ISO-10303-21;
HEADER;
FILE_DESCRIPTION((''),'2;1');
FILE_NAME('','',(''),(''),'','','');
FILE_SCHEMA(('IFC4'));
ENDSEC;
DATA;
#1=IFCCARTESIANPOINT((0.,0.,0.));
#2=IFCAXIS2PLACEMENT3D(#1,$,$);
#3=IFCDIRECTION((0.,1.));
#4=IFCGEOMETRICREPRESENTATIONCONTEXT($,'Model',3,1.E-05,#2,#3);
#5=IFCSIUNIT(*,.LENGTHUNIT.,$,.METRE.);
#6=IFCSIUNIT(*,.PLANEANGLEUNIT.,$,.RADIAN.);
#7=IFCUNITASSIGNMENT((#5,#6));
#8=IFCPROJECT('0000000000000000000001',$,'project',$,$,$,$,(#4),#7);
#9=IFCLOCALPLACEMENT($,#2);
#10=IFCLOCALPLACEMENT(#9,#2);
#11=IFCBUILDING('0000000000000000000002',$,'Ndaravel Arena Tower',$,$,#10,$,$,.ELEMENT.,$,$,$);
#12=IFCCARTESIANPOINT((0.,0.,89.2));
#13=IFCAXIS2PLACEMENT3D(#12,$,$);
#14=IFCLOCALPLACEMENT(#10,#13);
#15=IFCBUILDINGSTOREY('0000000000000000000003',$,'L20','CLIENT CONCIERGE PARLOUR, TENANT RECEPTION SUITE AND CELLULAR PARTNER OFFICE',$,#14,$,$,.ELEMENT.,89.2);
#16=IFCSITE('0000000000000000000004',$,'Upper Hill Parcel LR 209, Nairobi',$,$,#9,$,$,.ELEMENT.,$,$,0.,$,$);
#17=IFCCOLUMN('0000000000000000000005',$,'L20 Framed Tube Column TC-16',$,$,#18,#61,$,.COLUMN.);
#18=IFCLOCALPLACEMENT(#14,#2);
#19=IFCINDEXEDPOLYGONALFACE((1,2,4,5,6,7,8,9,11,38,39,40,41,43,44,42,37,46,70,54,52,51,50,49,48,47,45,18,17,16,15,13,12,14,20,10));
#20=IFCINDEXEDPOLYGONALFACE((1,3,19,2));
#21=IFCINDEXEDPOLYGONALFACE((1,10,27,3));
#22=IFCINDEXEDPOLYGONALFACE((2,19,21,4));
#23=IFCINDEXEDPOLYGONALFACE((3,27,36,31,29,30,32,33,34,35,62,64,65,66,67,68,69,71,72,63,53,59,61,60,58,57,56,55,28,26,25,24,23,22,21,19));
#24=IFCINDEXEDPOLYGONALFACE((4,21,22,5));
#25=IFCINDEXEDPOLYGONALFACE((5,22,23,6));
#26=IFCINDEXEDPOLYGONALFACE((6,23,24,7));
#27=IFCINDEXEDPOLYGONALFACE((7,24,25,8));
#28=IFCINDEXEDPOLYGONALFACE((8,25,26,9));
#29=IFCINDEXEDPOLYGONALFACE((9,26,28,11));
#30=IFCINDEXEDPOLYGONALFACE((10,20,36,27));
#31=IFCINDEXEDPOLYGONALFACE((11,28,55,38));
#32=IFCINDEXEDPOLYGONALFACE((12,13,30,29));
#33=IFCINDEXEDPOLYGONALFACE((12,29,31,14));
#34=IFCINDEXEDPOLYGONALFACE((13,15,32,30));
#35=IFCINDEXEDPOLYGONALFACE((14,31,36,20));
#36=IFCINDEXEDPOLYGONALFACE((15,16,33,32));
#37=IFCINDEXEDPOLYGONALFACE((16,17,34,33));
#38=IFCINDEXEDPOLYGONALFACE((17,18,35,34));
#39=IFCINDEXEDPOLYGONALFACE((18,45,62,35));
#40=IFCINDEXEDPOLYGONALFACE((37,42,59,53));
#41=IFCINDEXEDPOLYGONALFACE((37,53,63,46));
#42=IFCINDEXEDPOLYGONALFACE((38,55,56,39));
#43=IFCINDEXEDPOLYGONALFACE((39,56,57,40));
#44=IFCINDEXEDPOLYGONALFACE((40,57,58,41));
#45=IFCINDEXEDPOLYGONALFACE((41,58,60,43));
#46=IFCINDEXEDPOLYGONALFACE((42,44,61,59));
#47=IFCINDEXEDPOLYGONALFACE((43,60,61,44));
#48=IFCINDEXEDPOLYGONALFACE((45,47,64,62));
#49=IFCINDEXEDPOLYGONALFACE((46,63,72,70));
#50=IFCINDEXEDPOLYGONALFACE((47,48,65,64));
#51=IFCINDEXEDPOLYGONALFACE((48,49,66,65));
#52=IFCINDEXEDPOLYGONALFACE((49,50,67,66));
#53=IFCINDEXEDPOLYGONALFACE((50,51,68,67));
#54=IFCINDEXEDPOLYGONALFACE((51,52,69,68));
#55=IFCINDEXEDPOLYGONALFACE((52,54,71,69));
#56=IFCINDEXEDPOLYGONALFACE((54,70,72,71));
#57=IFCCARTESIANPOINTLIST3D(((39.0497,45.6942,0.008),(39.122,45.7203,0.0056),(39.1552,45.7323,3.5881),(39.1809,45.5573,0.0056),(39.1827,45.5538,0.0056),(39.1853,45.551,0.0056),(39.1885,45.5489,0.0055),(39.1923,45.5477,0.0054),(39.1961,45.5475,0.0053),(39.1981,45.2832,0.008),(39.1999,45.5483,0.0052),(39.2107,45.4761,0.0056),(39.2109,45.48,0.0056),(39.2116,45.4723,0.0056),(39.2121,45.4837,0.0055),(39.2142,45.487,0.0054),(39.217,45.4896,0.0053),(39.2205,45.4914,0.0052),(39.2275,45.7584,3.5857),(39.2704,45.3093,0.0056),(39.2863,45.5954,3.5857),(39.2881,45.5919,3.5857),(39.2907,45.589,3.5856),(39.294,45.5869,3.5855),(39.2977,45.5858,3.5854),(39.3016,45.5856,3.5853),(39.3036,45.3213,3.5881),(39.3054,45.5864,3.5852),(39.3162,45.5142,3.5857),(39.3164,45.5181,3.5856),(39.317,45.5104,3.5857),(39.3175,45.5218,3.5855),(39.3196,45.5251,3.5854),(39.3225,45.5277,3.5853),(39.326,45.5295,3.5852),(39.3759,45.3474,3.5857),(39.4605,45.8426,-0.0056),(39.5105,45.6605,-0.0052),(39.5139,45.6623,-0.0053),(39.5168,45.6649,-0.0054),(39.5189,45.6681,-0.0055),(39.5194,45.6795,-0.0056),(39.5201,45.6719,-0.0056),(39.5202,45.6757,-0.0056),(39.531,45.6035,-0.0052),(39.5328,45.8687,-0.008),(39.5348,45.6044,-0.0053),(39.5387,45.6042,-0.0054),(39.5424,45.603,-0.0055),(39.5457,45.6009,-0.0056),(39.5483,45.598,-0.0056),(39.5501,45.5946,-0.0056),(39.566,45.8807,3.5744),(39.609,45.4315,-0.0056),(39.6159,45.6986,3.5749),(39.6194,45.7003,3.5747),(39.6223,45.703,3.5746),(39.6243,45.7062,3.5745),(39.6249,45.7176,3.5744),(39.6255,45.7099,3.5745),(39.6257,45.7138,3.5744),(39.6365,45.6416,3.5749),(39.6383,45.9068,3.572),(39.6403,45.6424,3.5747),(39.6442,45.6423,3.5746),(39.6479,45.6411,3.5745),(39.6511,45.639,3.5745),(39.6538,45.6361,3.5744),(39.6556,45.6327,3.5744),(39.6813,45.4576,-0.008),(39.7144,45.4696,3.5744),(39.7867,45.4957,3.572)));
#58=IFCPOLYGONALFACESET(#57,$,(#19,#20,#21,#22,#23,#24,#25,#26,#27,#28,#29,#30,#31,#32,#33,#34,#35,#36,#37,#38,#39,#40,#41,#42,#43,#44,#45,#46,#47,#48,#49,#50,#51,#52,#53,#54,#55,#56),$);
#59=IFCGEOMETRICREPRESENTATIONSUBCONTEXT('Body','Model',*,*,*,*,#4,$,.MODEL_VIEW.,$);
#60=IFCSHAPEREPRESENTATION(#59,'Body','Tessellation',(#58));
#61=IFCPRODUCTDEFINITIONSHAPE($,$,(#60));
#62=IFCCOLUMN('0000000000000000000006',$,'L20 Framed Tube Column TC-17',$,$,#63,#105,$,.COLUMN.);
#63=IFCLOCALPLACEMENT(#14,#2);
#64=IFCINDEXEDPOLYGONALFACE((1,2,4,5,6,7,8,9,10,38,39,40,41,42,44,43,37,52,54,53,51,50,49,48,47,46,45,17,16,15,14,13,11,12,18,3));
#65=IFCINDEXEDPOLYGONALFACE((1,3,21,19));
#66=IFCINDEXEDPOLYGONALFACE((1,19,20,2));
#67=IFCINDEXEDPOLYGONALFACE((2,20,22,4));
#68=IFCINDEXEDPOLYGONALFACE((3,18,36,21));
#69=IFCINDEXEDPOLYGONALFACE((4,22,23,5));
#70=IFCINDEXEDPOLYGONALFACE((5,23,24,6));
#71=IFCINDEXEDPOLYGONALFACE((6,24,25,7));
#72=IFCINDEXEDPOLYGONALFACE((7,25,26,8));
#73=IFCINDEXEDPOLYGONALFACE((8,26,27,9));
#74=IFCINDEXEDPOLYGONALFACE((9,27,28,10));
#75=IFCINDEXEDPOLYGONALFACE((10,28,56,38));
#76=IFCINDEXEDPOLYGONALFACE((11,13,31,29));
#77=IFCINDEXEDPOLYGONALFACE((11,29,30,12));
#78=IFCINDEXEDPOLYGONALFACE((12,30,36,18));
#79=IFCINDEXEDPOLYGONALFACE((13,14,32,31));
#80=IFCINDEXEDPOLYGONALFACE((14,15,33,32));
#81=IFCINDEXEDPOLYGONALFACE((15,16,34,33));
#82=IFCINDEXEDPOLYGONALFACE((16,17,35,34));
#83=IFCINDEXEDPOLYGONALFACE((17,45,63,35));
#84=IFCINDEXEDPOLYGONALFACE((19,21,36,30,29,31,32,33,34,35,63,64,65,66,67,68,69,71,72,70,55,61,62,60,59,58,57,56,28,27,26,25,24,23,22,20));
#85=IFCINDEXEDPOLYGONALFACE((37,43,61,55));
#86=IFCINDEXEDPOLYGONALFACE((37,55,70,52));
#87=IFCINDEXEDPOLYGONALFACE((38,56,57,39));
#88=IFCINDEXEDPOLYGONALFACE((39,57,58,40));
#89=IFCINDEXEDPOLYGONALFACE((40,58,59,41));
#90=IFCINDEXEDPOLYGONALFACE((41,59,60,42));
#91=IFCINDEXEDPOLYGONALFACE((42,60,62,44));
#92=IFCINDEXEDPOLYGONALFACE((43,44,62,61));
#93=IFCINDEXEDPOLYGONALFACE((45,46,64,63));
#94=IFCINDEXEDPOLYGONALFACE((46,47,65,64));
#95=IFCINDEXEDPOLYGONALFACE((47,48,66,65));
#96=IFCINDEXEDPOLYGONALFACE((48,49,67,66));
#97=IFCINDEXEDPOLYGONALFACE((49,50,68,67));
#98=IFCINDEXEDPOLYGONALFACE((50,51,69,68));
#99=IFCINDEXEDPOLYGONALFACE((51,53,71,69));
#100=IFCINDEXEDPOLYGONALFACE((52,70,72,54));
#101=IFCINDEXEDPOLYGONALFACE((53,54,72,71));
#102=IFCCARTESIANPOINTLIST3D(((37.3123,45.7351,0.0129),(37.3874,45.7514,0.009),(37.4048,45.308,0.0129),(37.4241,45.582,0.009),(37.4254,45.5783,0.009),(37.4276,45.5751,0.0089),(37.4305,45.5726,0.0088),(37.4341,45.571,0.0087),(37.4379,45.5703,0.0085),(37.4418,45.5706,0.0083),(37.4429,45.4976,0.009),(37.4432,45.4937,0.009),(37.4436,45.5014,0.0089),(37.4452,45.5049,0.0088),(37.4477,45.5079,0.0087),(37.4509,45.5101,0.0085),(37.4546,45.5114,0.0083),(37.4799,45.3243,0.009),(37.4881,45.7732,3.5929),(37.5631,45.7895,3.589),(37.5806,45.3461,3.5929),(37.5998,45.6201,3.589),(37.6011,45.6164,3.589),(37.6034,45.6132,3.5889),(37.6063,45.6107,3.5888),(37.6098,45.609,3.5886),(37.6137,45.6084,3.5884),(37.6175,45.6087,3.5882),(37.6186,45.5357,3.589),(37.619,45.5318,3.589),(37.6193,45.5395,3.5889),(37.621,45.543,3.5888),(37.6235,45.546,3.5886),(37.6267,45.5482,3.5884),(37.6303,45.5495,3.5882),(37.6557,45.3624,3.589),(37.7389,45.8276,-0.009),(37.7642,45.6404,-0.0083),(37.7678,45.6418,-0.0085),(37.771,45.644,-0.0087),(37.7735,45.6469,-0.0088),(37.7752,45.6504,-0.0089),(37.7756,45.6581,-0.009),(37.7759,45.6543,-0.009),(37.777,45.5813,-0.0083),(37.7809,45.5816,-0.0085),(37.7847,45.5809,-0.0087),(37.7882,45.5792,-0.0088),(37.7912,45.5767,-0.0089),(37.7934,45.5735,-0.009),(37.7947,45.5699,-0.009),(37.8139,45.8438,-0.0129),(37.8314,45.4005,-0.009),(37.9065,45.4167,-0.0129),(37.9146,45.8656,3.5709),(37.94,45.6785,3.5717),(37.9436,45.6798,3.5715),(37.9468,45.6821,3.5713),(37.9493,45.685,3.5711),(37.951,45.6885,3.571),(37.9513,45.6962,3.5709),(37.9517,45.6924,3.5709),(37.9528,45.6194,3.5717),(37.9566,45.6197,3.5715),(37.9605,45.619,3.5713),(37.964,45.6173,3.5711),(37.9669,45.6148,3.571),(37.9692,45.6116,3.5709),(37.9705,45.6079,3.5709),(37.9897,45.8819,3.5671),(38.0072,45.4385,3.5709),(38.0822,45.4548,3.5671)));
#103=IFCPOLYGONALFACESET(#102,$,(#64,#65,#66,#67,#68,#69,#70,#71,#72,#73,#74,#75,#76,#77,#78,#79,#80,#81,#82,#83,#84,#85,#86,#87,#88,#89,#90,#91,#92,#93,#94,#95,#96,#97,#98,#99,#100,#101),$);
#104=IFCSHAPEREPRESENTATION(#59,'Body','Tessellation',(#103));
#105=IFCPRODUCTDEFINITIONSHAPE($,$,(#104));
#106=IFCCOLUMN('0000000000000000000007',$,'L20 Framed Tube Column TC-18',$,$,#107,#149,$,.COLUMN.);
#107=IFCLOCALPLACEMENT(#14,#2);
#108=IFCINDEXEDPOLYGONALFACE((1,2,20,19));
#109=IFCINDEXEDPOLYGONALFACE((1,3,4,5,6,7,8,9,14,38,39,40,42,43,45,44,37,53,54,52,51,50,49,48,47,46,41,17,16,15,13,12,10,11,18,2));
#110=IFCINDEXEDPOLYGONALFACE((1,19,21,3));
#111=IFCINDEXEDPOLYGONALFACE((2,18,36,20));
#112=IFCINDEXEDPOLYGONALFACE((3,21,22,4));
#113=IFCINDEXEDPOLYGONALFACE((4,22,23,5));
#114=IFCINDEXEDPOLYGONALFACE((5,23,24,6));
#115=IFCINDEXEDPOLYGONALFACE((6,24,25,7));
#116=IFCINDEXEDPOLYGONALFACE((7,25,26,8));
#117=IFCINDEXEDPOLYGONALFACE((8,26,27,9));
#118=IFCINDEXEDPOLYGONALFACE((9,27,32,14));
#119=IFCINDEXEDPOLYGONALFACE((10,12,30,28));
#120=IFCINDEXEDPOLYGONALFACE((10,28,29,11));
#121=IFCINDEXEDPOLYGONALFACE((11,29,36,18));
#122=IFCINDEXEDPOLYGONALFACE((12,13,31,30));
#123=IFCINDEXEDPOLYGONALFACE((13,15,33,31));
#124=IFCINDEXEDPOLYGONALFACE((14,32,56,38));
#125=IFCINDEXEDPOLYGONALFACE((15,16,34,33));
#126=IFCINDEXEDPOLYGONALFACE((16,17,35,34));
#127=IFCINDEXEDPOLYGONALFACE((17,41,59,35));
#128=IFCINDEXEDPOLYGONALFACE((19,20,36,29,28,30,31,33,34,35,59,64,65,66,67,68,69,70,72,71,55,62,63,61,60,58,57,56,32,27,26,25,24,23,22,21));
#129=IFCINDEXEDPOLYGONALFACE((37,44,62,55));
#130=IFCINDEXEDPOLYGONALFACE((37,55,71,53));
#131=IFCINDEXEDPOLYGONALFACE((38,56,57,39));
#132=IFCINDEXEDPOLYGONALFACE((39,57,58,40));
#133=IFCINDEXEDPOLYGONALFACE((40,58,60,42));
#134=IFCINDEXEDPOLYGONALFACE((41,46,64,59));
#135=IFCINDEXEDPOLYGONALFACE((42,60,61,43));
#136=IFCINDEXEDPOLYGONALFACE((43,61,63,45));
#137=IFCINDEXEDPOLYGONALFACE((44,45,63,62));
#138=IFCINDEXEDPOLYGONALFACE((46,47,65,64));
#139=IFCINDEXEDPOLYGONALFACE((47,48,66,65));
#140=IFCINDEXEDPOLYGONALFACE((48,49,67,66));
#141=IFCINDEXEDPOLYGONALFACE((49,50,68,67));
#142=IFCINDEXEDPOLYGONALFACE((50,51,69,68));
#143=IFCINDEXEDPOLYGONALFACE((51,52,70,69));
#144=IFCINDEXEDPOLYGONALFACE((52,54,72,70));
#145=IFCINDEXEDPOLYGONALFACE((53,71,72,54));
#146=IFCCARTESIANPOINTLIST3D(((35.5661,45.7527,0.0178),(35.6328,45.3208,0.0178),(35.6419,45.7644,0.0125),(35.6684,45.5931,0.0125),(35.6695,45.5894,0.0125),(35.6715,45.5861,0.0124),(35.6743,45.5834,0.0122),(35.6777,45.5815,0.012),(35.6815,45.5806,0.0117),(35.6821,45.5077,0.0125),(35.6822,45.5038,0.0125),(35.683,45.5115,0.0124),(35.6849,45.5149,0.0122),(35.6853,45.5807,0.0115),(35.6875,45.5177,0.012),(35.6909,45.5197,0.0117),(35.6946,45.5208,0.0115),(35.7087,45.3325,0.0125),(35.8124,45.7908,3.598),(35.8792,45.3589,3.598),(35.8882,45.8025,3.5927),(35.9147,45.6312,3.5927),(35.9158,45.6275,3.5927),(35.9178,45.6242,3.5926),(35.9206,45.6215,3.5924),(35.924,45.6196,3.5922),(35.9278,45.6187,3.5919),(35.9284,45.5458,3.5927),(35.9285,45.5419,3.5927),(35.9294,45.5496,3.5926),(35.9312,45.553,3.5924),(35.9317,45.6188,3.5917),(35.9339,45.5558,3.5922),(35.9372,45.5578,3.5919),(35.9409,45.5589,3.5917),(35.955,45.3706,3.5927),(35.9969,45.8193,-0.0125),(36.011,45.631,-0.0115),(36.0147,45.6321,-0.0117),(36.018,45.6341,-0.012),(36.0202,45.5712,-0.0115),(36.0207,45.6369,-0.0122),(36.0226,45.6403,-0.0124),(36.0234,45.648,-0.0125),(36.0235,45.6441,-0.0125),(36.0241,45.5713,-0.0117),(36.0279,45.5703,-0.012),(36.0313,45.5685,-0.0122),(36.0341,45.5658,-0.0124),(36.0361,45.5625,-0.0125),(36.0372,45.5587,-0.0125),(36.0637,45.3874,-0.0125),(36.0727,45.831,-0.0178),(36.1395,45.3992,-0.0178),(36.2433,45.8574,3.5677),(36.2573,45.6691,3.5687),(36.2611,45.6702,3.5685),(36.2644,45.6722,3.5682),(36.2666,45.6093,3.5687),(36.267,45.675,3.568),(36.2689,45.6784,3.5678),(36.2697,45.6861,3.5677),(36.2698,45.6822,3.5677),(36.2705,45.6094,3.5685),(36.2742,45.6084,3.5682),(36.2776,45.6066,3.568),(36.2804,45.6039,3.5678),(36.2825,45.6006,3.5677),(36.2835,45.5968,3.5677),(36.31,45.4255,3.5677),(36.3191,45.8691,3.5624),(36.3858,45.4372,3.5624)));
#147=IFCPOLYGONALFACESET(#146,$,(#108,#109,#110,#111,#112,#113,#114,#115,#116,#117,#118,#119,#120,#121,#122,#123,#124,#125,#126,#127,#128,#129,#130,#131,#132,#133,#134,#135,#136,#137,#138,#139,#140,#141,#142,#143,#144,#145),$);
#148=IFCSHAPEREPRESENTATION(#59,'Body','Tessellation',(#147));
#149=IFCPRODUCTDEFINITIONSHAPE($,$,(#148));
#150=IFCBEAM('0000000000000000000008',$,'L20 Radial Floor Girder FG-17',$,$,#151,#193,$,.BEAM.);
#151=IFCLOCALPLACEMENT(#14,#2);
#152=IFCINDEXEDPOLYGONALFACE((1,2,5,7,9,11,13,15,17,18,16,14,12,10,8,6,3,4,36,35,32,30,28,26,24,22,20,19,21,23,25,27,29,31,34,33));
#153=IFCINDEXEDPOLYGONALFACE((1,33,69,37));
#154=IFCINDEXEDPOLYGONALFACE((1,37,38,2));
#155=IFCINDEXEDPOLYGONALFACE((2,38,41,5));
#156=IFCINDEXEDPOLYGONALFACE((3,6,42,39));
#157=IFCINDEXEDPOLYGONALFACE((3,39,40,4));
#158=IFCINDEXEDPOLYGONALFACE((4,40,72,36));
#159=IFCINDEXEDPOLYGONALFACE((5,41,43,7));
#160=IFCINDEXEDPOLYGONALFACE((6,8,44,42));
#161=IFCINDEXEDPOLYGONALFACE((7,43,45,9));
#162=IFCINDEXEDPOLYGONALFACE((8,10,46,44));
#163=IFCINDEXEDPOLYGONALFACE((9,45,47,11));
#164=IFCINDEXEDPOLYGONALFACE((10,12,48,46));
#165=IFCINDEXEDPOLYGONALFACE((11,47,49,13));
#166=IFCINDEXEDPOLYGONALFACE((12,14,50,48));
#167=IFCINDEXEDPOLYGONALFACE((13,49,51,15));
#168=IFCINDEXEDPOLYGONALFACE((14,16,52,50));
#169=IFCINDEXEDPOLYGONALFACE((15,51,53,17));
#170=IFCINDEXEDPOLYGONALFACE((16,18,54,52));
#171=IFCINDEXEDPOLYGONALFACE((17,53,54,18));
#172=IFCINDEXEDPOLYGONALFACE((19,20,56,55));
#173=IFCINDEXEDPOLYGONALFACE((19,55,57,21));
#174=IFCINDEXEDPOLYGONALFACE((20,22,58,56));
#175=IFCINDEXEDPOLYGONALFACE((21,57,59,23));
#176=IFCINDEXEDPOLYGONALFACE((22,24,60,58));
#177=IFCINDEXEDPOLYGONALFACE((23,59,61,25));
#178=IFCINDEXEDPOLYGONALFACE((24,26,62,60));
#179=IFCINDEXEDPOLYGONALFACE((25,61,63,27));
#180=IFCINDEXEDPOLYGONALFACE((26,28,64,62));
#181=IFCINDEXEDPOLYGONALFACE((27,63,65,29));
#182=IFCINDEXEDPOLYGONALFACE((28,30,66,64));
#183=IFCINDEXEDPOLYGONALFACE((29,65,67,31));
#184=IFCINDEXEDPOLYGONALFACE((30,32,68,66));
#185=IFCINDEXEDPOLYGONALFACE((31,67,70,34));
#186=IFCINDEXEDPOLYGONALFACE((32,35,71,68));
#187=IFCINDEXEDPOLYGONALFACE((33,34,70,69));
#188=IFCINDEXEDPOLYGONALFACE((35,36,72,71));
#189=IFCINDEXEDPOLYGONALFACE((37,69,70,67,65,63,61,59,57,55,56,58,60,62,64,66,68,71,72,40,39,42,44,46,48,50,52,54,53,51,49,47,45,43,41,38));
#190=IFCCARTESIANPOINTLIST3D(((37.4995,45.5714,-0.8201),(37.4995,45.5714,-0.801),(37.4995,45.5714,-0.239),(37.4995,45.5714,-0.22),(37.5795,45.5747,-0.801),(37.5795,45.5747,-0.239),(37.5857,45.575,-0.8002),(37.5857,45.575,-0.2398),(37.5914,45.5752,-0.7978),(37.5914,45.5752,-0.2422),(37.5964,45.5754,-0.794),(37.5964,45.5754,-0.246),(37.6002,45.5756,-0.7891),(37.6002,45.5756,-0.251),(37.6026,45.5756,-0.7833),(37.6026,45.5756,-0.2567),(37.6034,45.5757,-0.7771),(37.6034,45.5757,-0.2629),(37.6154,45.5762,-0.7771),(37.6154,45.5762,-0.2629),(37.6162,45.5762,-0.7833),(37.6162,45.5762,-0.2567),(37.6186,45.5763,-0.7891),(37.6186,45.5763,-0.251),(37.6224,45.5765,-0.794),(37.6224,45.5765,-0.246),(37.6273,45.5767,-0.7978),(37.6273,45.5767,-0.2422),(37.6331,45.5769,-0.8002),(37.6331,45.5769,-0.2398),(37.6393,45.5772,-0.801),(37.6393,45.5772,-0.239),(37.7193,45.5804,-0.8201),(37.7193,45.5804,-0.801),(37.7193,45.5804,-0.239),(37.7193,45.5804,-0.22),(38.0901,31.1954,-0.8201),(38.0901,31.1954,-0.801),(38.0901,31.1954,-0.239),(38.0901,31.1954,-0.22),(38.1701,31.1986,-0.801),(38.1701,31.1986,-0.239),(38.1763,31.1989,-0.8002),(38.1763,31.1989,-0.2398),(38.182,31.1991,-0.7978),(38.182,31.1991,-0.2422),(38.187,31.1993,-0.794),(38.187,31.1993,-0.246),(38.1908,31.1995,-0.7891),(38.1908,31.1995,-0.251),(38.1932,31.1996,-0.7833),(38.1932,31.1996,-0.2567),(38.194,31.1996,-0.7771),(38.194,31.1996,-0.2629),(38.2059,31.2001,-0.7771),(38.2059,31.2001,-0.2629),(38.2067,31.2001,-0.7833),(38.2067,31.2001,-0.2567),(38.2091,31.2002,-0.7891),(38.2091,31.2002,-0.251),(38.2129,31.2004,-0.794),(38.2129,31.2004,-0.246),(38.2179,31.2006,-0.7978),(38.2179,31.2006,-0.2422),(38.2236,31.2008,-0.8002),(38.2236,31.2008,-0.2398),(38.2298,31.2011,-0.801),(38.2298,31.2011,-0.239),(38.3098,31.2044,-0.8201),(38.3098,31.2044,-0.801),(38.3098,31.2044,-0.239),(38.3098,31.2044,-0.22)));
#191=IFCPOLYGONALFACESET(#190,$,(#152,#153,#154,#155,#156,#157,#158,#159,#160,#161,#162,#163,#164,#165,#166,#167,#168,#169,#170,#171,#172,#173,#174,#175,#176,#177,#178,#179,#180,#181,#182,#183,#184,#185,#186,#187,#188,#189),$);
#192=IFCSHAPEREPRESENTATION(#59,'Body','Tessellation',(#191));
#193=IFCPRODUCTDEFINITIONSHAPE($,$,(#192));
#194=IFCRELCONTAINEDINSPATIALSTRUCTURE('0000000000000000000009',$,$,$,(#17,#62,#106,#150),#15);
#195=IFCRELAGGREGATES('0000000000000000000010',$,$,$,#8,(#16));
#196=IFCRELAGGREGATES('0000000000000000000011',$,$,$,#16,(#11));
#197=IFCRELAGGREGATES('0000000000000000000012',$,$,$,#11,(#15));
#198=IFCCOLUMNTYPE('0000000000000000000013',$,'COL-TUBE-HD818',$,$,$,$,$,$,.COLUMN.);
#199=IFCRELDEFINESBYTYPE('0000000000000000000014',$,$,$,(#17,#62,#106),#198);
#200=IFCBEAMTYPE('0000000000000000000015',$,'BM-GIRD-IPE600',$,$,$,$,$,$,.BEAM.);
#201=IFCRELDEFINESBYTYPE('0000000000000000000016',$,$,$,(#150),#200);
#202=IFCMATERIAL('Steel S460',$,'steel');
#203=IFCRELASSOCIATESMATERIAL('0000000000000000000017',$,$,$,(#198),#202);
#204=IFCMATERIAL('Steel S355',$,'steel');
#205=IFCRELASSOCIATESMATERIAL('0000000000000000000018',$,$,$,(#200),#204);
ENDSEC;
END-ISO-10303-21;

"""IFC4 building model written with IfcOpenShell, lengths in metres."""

from ifc_helpers import new_model, si_unit, direction, frame, origin, origin_2d, place, context, subcontext, project, spatial, i_section, extrude, material, material_profile, profile_set, type_object, element, save


model = new_model("IFC4")

# Units and contexts
model_context = context("Model", 3, precision=1e-05, world=origin(), true_north=direction((0.0, 1.0)))
body_context = subcontext(model_context, "Body", "Model", "MODEL_VIEW")
ifc_project = project(units=[si_unit("LENGTHUNIT", "METRE"), si_unit("PLANEANGLEUNIT", "RADIAN")], contexts=[model_context])

# Site, building, storey
site_placement = place(None, origin())
site = spatial("IfcSite", under=ifc_project, at=site_placement, Name="Upper Hill Parcel LR 209, Nairobi", CompositionType="ELEMENT", RefElevation=0.0)
building_placement = place(site_placement, origin())
building = spatial("IfcBuilding", under=site, at=building_placement, Name="Ndaravel Arena Tower", CompositionType="ELEMENT")
storey_placement = place(building_placement, frame((0.0, 0.0, 89.2)))
storey = spatial("IfcBuildingStorey", under=building, at=storey_placement, Name="L20", Description="CLIENT CONCIERGE PARLOUR, TENANT RECEPTION SUITE AND CELLULAR PARTNER OFFICE", CompositionType="ELEMENT", Elevation=89.2)

# Columns
ifc_material_1 = material(Name="Steel S460", Category="steel")
ifc_material_profile_1 = material_profile(ifc_material_1, i_section(OverallWidth=0.437, OverallDepth=0.5139, WebThickness=0.0605, FlangeThickness=0.0769, FilletRadius=0.0149, at=origin_2d()), Name="HD 400x818")
ifc_profile_set_1 = profile_set([ifc_material_profile_1], Name="Steel S460")
column_type = type_object("IfcColumnType", Name="COL-TUBE-HD818", PredefinedType="COLUMN", material=ifc_profile_set_1)
column_1_placement = place(storey_placement, frame((39.3655, 45.5759, 0.0), z_axis=(0.029445, 0.010633, 0.99951), x_axis=(-0.339644, 0.940554, 0.0)))
element("IfcColumn", 1, at=column_1_placement, inside=storey, type_object=column_type, Name="L20 Framed Tube Column TC-16", PredefinedType="COLUMN", context=body_context, shape_type="SweptSolid", body=[
    extrude(i_section(OverallWidth=0.437, OverallDepth=0.5139, WebThickness=0.0605, FlangeThickness=0.0769, FilletRadius=0.0149, at=origin_2d()), origin(), (0.0, 0.0, 1.0), 3.5818),
])
column_2_placement = place(storey_placement, frame((37.6094, 45.5759, 0.0), z_axis=(0.049038, 0.010625, 0.99874), x_axis=(-0.211753, 0.977323, 0.0)))
element("IfcColumn", 2, at=column_2_placement, inside=storey, type_object=column_type, Name="L20 Framed Tube Column TC-17", PredefinedType="COLUMN", context=body_context, shape_type="SweptSolid", body=[
    extrude(i_section(OverallWidth=0.437, OverallDepth=0.5139, WebThickness=0.0605, FlangeThickness=0.0769, FilletRadius=0.0149, at=origin_2d()), origin(), (0.0, 0.0, 1.0), 3.5845),
])
column_3_placement = place(storey_placement, frame((35.8528, 45.5759, 0.0), z_axis=(0.068642, 0.010613, 0.997585), x_axis=(-0.152793, 0.988258, 0.0)))
element("IfcColumn", 3, at=column_3_placement, inside=storey, type_object=column_type, Name="L20 Framed Tube Column TC-18", PredefinedType="COLUMN", context=body_context, shape_type="SweptSolid", body=[
    extrude(i_section(OverallWidth=0.437, OverallDepth=0.5139, WebThickness=0.0605, FlangeThickness=0.0769, FilletRadius=0.0149, at=origin_2d()), origin(), (0.0, 0.0, 1.0), 3.5889),
])

# Beam
ifc_material_2 = material(Name="Steel S355", Category="steel")
ifc_material_profile_2 = material_profile(ifc_material_2, i_section(OverallWidth=0.22, OverallDepth=0.6001, WebThickness=0.012, FlangeThickness=0.019, FilletRadius=0.0239, at=origin_2d()), Name="IPE 600")
ifc_profile_set_2 = profile_set([ifc_material_profile_2], Name="Steel S355")
beam_type_1 = type_object("IfcBeamType", Name="BM-GIRD-IPE600", PredefinedType="BEAM", material=ifc_profile_set_2)
beam_1_placement = place(storey_placement, frame((37.6094, 45.5759, -0.52), z_axis=(0.041046, -0.999157, 0.0), x_axis=(0.999157, 0.041046, 0.0)))
element("IfcBeam", 4, at=beam_1_placement, inside=storey, type_object=beam_type_1, Name="L20 Radial Floor Girder FG-17", PredefinedType="BEAM", context=body_context, shape_type="SweptSolid", body=[
    extrude(i_section(OverallWidth=0.22, OverallDepth=0.6001, WebThickness=0.012, FlangeThickness=0.019, FilletRadius=0.0239, at=origin_2d()), origin(), (0.0, 0.0, 1.0), 14.3882),
])

save(model, "model.ifc")
